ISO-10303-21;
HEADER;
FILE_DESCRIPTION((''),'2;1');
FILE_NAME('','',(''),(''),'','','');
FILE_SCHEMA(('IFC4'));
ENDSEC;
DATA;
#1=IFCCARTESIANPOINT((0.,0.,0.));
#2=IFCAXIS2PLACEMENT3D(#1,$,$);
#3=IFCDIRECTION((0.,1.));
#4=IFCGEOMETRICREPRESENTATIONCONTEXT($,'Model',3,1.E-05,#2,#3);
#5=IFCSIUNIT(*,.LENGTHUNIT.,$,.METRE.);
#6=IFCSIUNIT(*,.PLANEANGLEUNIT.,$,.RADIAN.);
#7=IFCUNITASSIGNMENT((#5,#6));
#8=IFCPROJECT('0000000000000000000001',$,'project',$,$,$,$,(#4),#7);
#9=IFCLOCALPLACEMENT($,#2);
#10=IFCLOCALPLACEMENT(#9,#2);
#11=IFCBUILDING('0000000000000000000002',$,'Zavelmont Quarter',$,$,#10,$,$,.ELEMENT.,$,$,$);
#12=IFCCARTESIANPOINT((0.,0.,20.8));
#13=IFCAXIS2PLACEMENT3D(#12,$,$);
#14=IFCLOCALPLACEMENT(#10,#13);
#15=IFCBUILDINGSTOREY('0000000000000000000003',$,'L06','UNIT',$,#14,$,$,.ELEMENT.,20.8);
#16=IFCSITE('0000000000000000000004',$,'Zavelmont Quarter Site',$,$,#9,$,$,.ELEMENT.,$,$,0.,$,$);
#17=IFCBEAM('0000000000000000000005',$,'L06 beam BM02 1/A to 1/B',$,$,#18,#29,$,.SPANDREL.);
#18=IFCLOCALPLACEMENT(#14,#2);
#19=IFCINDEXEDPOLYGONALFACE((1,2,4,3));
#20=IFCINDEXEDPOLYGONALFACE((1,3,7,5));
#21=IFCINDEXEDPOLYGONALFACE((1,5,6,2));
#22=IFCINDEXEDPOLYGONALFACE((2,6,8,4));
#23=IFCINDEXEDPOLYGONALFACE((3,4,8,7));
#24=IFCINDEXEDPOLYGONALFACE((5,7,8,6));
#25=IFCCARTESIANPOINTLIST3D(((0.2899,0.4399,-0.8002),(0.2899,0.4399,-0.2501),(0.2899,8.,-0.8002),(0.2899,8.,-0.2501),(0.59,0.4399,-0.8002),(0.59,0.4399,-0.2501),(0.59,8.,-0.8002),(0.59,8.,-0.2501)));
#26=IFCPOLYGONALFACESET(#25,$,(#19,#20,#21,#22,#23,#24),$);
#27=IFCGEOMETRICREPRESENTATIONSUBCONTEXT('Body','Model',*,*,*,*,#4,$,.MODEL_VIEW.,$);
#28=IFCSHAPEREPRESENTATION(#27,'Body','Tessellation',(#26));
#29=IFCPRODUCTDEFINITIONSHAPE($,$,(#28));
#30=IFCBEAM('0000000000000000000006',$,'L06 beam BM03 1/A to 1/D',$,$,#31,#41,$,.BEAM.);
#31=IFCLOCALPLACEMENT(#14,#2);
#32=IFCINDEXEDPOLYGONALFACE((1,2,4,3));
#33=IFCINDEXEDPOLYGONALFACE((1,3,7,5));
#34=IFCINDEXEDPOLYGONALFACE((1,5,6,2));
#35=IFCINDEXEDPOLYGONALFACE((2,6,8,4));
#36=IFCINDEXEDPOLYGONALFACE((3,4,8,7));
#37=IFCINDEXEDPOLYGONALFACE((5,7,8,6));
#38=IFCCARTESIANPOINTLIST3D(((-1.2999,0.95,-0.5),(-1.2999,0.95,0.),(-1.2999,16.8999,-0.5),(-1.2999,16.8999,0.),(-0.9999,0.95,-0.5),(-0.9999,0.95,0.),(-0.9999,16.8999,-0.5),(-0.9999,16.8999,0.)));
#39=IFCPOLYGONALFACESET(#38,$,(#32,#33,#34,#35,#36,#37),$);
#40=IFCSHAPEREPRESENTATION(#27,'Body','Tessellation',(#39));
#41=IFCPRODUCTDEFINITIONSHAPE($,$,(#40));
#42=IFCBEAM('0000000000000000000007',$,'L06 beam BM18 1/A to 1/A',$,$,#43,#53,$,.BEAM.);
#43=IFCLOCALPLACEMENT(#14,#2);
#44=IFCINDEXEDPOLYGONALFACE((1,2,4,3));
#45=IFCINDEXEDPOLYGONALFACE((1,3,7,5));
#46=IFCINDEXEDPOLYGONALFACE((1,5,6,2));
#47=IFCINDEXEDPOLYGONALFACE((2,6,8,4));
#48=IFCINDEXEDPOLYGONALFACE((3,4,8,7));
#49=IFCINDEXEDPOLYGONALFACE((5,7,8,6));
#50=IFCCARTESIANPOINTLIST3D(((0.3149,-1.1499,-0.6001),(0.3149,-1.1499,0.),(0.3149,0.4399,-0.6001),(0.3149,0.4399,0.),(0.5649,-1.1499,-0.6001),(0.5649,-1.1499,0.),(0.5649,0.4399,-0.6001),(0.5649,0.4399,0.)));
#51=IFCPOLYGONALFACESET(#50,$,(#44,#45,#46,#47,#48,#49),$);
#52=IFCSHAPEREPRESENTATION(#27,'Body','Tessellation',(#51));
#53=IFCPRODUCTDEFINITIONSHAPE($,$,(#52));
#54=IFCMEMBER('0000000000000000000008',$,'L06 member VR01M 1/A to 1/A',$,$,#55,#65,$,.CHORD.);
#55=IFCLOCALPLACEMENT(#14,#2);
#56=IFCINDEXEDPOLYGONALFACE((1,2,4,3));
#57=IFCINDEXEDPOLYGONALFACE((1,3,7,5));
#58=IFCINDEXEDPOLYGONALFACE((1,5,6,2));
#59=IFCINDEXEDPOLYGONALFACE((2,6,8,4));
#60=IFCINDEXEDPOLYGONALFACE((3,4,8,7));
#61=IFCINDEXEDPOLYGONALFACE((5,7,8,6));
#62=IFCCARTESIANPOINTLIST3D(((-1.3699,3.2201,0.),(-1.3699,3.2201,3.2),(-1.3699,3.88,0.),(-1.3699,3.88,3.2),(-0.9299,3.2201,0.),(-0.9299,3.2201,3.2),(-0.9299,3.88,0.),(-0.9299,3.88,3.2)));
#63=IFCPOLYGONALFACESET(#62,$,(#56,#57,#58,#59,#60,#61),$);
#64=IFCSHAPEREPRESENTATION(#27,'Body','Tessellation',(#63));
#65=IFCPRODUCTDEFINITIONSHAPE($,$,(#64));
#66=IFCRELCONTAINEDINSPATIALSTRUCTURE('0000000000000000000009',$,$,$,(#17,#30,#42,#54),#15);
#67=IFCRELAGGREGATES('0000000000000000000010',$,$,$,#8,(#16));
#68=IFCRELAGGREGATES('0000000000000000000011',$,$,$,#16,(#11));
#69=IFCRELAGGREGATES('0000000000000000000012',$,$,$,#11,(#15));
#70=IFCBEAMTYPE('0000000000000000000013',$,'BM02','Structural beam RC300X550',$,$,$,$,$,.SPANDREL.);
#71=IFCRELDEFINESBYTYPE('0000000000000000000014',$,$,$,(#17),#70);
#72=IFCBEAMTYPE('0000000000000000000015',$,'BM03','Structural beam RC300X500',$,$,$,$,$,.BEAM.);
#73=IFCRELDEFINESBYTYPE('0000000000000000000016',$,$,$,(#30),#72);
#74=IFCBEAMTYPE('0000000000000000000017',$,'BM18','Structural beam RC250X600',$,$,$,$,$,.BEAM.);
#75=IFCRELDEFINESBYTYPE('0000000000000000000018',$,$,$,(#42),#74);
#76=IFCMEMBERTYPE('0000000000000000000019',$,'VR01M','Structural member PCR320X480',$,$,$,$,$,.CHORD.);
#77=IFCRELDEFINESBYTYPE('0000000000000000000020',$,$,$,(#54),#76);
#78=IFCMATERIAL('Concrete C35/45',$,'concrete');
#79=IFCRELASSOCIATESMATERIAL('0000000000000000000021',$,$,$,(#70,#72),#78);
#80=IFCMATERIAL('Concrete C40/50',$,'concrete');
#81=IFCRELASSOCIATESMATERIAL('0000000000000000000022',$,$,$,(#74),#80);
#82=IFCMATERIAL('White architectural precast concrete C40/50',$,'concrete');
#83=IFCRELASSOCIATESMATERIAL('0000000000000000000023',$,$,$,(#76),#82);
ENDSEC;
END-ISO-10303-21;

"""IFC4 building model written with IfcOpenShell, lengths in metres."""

from ifc_helpers import new_model, si_unit, direction, frame, origin, origin_2d, place, context, subcontext, project, spatial, rectangle, extrude, material, material_profile, profile_set, type_object, element, save


model = new_model("IFC4")

# Units and contexts
model_context = context("Model", 3, precision=1e-05, world=origin(), true_north=direction((0.0, 1.0)))
body_context = subcontext(model_context, "Body", "Model", "MODEL_VIEW")
ifc_project = project(units=[si_unit("LENGTHUNIT", "METRE"), si_unit("PLANEANGLEUNIT", "RADIAN")], contexts=[model_context])

# Site, building, storey
site_placement = place(None, origin())
site = spatial("IfcSite", under=ifc_project, at=site_placement, Name="Zavelmont Quarter Site", CompositionType="ELEMENT", RefElevation=0.0)
building_placement = place(site_placement, origin())
building = spatial("IfcBuilding", under=site, at=building_placement, Name="Zavelmont Quarter", CompositionType="ELEMENT")
storey_placement = place(building_placement, frame((0.0, 0.0, 20.8)))
storey = spatial("IfcBuildingStorey", under=building, at=storey_placement, Name="L06", Description="UNIT", CompositionType="ELEMENT", Elevation=20.8)

# Beams
ifc_material_1 = material(Name="Concrete C35/45", Category="concrete")
ifc_material_profile_1 = material_profile(ifc_material_1, rectangle(XDim=0.3, YDim=0.55, at=origin_2d()), Name="RC300X550")
ifc_profile_set_1 = profile_set([ifc_material_profile_1], Name="Concrete C35/45")
beam_type_1 = type_object("IfcBeamType", Name="BM02", Description="Structural beam RC300X550", PredefinedType="SPANDREL", material=ifc_profile_set_1)
beam_1_placement = place(storey_placement, frame((0.4399, 0.4399, -0.5251), z_axis=(0.0, 1.0, 0.0), x_axis=(-1.0, 0.0, 0.0)))
element("IfcBeam", 1, at=beam_1_placement, inside=storey, type_object=beam_type_1, Name="L06 beam BM02 1/A to 1/B", PredefinedType="SPANDREL", context=body_context, shape_type="SweptSolid", body=[
    extrude(rectangle(XDim=0.3, YDim=0.55, at=origin_2d()), origin(), (0.0, 0.0, 1.0), 7.5601),
])
ifc_material_profile_2 = material_profile(ifc_material_1, rectangle(XDim=0.3, YDim=0.5, at=origin_2d()), Name="RC300X500")
ifc_profile_set_2 = profile_set([ifc_material_profile_2], Name="Concrete C35/45")
beam_type_2 = type_object("IfcBeamType", Name="BM03", Description="Structural beam RC300X500", PredefinedType="BEAM", material=ifc_profile_set_2)
beam_2_placement = place(storey_placement, frame((-1.1499, 0.95, -0.25), z_axis=(0.0, 1.0, 0.0), x_axis=(-1.0, 0.0, 0.0)))
element("IfcBeam", 2, at=beam_2_placement, inside=storey, type_object=beam_type_2, Name="L06 beam BM03 1/A to 1/D", PredefinedType="BEAM", context=body_context, shape_type="SweptSolid", body=[
    extrude(rectangle(XDim=0.3, YDim=0.5, at=origin_2d()), origin(), (0.0, 0.0, 1.0), 15.95),
])
ifc_material_2 = material(Name="Concrete C40/50", Category="concrete")
ifc_material_profile_3 = material_profile(ifc_material_2, rectangle(XDim=0.25, YDim=0.6001, at=origin_2d()), Name="RC250X600")
ifc_profile_set_3 = profile_set([ifc_material_profile_3], Name="Concrete C40/50")
beam_type_3 = type_object("IfcBeamType", Name="BM18", Description="Structural beam RC250X600", PredefinedType="BEAM", material=ifc_profile_set_3)
beam_3_placement = place(storey_placement, frame((0.4399, 0.4399, -0.3), z_axis=(0.0, -1.0, 0.0), x_axis=(1.0, 0.0, 0.0)))
element("IfcBeam", 3, at=beam_3_placement, inside=storey, type_object=beam_type_3, Name="L06 beam BM18 1/A to 1/A", PredefinedType="BEAM", context=body_context, shape_type="SweptSolid", body=[
    extrude(rectangle(XDim=0.25, YDim=0.6001, at=origin_2d()), origin(), (0.0, 0.0, 1.0), 1.5898),
])

# Member
ifc_material_3 = material(Name="White architectural precast concrete C40/50", Category="concrete")
ifc_material_profile_4 = material_profile(ifc_material_3, rectangle(XDim=0.4399, YDim=0.6599, at=origin_2d()), Name="PCR320X480")
ifc_profile_set_4 = profile_set([ifc_material_profile_4], Name="White architectural precast concrete C40/50")
member_type = type_object("IfcMemberType", Name="VR01M", Description="Structural member PCR320X480", PredefinedType="CHORD", material=ifc_profile_set_4)
member_placement = place(storey_placement, frame((-1.1499, 3.55, 0.0), z_axis=(0.0, 0.0, 1.0), x_axis=(1.0, 0.0, 0.0)))
element("IfcMember", 4, at=member_placement, inside=storey, type_object=member_type, Name="L06 member VR01M 1/A to 1/A", PredefinedType="CHORD", context=body_context, shape_type="SweptSolid", body=[
    extrude(rectangle(XDim=0.4399, YDim=0.6599, at=origin_2d()), origin(), (0.0, 0.0, 1.0), 3.2),
])

save(model, "model.ifc")
